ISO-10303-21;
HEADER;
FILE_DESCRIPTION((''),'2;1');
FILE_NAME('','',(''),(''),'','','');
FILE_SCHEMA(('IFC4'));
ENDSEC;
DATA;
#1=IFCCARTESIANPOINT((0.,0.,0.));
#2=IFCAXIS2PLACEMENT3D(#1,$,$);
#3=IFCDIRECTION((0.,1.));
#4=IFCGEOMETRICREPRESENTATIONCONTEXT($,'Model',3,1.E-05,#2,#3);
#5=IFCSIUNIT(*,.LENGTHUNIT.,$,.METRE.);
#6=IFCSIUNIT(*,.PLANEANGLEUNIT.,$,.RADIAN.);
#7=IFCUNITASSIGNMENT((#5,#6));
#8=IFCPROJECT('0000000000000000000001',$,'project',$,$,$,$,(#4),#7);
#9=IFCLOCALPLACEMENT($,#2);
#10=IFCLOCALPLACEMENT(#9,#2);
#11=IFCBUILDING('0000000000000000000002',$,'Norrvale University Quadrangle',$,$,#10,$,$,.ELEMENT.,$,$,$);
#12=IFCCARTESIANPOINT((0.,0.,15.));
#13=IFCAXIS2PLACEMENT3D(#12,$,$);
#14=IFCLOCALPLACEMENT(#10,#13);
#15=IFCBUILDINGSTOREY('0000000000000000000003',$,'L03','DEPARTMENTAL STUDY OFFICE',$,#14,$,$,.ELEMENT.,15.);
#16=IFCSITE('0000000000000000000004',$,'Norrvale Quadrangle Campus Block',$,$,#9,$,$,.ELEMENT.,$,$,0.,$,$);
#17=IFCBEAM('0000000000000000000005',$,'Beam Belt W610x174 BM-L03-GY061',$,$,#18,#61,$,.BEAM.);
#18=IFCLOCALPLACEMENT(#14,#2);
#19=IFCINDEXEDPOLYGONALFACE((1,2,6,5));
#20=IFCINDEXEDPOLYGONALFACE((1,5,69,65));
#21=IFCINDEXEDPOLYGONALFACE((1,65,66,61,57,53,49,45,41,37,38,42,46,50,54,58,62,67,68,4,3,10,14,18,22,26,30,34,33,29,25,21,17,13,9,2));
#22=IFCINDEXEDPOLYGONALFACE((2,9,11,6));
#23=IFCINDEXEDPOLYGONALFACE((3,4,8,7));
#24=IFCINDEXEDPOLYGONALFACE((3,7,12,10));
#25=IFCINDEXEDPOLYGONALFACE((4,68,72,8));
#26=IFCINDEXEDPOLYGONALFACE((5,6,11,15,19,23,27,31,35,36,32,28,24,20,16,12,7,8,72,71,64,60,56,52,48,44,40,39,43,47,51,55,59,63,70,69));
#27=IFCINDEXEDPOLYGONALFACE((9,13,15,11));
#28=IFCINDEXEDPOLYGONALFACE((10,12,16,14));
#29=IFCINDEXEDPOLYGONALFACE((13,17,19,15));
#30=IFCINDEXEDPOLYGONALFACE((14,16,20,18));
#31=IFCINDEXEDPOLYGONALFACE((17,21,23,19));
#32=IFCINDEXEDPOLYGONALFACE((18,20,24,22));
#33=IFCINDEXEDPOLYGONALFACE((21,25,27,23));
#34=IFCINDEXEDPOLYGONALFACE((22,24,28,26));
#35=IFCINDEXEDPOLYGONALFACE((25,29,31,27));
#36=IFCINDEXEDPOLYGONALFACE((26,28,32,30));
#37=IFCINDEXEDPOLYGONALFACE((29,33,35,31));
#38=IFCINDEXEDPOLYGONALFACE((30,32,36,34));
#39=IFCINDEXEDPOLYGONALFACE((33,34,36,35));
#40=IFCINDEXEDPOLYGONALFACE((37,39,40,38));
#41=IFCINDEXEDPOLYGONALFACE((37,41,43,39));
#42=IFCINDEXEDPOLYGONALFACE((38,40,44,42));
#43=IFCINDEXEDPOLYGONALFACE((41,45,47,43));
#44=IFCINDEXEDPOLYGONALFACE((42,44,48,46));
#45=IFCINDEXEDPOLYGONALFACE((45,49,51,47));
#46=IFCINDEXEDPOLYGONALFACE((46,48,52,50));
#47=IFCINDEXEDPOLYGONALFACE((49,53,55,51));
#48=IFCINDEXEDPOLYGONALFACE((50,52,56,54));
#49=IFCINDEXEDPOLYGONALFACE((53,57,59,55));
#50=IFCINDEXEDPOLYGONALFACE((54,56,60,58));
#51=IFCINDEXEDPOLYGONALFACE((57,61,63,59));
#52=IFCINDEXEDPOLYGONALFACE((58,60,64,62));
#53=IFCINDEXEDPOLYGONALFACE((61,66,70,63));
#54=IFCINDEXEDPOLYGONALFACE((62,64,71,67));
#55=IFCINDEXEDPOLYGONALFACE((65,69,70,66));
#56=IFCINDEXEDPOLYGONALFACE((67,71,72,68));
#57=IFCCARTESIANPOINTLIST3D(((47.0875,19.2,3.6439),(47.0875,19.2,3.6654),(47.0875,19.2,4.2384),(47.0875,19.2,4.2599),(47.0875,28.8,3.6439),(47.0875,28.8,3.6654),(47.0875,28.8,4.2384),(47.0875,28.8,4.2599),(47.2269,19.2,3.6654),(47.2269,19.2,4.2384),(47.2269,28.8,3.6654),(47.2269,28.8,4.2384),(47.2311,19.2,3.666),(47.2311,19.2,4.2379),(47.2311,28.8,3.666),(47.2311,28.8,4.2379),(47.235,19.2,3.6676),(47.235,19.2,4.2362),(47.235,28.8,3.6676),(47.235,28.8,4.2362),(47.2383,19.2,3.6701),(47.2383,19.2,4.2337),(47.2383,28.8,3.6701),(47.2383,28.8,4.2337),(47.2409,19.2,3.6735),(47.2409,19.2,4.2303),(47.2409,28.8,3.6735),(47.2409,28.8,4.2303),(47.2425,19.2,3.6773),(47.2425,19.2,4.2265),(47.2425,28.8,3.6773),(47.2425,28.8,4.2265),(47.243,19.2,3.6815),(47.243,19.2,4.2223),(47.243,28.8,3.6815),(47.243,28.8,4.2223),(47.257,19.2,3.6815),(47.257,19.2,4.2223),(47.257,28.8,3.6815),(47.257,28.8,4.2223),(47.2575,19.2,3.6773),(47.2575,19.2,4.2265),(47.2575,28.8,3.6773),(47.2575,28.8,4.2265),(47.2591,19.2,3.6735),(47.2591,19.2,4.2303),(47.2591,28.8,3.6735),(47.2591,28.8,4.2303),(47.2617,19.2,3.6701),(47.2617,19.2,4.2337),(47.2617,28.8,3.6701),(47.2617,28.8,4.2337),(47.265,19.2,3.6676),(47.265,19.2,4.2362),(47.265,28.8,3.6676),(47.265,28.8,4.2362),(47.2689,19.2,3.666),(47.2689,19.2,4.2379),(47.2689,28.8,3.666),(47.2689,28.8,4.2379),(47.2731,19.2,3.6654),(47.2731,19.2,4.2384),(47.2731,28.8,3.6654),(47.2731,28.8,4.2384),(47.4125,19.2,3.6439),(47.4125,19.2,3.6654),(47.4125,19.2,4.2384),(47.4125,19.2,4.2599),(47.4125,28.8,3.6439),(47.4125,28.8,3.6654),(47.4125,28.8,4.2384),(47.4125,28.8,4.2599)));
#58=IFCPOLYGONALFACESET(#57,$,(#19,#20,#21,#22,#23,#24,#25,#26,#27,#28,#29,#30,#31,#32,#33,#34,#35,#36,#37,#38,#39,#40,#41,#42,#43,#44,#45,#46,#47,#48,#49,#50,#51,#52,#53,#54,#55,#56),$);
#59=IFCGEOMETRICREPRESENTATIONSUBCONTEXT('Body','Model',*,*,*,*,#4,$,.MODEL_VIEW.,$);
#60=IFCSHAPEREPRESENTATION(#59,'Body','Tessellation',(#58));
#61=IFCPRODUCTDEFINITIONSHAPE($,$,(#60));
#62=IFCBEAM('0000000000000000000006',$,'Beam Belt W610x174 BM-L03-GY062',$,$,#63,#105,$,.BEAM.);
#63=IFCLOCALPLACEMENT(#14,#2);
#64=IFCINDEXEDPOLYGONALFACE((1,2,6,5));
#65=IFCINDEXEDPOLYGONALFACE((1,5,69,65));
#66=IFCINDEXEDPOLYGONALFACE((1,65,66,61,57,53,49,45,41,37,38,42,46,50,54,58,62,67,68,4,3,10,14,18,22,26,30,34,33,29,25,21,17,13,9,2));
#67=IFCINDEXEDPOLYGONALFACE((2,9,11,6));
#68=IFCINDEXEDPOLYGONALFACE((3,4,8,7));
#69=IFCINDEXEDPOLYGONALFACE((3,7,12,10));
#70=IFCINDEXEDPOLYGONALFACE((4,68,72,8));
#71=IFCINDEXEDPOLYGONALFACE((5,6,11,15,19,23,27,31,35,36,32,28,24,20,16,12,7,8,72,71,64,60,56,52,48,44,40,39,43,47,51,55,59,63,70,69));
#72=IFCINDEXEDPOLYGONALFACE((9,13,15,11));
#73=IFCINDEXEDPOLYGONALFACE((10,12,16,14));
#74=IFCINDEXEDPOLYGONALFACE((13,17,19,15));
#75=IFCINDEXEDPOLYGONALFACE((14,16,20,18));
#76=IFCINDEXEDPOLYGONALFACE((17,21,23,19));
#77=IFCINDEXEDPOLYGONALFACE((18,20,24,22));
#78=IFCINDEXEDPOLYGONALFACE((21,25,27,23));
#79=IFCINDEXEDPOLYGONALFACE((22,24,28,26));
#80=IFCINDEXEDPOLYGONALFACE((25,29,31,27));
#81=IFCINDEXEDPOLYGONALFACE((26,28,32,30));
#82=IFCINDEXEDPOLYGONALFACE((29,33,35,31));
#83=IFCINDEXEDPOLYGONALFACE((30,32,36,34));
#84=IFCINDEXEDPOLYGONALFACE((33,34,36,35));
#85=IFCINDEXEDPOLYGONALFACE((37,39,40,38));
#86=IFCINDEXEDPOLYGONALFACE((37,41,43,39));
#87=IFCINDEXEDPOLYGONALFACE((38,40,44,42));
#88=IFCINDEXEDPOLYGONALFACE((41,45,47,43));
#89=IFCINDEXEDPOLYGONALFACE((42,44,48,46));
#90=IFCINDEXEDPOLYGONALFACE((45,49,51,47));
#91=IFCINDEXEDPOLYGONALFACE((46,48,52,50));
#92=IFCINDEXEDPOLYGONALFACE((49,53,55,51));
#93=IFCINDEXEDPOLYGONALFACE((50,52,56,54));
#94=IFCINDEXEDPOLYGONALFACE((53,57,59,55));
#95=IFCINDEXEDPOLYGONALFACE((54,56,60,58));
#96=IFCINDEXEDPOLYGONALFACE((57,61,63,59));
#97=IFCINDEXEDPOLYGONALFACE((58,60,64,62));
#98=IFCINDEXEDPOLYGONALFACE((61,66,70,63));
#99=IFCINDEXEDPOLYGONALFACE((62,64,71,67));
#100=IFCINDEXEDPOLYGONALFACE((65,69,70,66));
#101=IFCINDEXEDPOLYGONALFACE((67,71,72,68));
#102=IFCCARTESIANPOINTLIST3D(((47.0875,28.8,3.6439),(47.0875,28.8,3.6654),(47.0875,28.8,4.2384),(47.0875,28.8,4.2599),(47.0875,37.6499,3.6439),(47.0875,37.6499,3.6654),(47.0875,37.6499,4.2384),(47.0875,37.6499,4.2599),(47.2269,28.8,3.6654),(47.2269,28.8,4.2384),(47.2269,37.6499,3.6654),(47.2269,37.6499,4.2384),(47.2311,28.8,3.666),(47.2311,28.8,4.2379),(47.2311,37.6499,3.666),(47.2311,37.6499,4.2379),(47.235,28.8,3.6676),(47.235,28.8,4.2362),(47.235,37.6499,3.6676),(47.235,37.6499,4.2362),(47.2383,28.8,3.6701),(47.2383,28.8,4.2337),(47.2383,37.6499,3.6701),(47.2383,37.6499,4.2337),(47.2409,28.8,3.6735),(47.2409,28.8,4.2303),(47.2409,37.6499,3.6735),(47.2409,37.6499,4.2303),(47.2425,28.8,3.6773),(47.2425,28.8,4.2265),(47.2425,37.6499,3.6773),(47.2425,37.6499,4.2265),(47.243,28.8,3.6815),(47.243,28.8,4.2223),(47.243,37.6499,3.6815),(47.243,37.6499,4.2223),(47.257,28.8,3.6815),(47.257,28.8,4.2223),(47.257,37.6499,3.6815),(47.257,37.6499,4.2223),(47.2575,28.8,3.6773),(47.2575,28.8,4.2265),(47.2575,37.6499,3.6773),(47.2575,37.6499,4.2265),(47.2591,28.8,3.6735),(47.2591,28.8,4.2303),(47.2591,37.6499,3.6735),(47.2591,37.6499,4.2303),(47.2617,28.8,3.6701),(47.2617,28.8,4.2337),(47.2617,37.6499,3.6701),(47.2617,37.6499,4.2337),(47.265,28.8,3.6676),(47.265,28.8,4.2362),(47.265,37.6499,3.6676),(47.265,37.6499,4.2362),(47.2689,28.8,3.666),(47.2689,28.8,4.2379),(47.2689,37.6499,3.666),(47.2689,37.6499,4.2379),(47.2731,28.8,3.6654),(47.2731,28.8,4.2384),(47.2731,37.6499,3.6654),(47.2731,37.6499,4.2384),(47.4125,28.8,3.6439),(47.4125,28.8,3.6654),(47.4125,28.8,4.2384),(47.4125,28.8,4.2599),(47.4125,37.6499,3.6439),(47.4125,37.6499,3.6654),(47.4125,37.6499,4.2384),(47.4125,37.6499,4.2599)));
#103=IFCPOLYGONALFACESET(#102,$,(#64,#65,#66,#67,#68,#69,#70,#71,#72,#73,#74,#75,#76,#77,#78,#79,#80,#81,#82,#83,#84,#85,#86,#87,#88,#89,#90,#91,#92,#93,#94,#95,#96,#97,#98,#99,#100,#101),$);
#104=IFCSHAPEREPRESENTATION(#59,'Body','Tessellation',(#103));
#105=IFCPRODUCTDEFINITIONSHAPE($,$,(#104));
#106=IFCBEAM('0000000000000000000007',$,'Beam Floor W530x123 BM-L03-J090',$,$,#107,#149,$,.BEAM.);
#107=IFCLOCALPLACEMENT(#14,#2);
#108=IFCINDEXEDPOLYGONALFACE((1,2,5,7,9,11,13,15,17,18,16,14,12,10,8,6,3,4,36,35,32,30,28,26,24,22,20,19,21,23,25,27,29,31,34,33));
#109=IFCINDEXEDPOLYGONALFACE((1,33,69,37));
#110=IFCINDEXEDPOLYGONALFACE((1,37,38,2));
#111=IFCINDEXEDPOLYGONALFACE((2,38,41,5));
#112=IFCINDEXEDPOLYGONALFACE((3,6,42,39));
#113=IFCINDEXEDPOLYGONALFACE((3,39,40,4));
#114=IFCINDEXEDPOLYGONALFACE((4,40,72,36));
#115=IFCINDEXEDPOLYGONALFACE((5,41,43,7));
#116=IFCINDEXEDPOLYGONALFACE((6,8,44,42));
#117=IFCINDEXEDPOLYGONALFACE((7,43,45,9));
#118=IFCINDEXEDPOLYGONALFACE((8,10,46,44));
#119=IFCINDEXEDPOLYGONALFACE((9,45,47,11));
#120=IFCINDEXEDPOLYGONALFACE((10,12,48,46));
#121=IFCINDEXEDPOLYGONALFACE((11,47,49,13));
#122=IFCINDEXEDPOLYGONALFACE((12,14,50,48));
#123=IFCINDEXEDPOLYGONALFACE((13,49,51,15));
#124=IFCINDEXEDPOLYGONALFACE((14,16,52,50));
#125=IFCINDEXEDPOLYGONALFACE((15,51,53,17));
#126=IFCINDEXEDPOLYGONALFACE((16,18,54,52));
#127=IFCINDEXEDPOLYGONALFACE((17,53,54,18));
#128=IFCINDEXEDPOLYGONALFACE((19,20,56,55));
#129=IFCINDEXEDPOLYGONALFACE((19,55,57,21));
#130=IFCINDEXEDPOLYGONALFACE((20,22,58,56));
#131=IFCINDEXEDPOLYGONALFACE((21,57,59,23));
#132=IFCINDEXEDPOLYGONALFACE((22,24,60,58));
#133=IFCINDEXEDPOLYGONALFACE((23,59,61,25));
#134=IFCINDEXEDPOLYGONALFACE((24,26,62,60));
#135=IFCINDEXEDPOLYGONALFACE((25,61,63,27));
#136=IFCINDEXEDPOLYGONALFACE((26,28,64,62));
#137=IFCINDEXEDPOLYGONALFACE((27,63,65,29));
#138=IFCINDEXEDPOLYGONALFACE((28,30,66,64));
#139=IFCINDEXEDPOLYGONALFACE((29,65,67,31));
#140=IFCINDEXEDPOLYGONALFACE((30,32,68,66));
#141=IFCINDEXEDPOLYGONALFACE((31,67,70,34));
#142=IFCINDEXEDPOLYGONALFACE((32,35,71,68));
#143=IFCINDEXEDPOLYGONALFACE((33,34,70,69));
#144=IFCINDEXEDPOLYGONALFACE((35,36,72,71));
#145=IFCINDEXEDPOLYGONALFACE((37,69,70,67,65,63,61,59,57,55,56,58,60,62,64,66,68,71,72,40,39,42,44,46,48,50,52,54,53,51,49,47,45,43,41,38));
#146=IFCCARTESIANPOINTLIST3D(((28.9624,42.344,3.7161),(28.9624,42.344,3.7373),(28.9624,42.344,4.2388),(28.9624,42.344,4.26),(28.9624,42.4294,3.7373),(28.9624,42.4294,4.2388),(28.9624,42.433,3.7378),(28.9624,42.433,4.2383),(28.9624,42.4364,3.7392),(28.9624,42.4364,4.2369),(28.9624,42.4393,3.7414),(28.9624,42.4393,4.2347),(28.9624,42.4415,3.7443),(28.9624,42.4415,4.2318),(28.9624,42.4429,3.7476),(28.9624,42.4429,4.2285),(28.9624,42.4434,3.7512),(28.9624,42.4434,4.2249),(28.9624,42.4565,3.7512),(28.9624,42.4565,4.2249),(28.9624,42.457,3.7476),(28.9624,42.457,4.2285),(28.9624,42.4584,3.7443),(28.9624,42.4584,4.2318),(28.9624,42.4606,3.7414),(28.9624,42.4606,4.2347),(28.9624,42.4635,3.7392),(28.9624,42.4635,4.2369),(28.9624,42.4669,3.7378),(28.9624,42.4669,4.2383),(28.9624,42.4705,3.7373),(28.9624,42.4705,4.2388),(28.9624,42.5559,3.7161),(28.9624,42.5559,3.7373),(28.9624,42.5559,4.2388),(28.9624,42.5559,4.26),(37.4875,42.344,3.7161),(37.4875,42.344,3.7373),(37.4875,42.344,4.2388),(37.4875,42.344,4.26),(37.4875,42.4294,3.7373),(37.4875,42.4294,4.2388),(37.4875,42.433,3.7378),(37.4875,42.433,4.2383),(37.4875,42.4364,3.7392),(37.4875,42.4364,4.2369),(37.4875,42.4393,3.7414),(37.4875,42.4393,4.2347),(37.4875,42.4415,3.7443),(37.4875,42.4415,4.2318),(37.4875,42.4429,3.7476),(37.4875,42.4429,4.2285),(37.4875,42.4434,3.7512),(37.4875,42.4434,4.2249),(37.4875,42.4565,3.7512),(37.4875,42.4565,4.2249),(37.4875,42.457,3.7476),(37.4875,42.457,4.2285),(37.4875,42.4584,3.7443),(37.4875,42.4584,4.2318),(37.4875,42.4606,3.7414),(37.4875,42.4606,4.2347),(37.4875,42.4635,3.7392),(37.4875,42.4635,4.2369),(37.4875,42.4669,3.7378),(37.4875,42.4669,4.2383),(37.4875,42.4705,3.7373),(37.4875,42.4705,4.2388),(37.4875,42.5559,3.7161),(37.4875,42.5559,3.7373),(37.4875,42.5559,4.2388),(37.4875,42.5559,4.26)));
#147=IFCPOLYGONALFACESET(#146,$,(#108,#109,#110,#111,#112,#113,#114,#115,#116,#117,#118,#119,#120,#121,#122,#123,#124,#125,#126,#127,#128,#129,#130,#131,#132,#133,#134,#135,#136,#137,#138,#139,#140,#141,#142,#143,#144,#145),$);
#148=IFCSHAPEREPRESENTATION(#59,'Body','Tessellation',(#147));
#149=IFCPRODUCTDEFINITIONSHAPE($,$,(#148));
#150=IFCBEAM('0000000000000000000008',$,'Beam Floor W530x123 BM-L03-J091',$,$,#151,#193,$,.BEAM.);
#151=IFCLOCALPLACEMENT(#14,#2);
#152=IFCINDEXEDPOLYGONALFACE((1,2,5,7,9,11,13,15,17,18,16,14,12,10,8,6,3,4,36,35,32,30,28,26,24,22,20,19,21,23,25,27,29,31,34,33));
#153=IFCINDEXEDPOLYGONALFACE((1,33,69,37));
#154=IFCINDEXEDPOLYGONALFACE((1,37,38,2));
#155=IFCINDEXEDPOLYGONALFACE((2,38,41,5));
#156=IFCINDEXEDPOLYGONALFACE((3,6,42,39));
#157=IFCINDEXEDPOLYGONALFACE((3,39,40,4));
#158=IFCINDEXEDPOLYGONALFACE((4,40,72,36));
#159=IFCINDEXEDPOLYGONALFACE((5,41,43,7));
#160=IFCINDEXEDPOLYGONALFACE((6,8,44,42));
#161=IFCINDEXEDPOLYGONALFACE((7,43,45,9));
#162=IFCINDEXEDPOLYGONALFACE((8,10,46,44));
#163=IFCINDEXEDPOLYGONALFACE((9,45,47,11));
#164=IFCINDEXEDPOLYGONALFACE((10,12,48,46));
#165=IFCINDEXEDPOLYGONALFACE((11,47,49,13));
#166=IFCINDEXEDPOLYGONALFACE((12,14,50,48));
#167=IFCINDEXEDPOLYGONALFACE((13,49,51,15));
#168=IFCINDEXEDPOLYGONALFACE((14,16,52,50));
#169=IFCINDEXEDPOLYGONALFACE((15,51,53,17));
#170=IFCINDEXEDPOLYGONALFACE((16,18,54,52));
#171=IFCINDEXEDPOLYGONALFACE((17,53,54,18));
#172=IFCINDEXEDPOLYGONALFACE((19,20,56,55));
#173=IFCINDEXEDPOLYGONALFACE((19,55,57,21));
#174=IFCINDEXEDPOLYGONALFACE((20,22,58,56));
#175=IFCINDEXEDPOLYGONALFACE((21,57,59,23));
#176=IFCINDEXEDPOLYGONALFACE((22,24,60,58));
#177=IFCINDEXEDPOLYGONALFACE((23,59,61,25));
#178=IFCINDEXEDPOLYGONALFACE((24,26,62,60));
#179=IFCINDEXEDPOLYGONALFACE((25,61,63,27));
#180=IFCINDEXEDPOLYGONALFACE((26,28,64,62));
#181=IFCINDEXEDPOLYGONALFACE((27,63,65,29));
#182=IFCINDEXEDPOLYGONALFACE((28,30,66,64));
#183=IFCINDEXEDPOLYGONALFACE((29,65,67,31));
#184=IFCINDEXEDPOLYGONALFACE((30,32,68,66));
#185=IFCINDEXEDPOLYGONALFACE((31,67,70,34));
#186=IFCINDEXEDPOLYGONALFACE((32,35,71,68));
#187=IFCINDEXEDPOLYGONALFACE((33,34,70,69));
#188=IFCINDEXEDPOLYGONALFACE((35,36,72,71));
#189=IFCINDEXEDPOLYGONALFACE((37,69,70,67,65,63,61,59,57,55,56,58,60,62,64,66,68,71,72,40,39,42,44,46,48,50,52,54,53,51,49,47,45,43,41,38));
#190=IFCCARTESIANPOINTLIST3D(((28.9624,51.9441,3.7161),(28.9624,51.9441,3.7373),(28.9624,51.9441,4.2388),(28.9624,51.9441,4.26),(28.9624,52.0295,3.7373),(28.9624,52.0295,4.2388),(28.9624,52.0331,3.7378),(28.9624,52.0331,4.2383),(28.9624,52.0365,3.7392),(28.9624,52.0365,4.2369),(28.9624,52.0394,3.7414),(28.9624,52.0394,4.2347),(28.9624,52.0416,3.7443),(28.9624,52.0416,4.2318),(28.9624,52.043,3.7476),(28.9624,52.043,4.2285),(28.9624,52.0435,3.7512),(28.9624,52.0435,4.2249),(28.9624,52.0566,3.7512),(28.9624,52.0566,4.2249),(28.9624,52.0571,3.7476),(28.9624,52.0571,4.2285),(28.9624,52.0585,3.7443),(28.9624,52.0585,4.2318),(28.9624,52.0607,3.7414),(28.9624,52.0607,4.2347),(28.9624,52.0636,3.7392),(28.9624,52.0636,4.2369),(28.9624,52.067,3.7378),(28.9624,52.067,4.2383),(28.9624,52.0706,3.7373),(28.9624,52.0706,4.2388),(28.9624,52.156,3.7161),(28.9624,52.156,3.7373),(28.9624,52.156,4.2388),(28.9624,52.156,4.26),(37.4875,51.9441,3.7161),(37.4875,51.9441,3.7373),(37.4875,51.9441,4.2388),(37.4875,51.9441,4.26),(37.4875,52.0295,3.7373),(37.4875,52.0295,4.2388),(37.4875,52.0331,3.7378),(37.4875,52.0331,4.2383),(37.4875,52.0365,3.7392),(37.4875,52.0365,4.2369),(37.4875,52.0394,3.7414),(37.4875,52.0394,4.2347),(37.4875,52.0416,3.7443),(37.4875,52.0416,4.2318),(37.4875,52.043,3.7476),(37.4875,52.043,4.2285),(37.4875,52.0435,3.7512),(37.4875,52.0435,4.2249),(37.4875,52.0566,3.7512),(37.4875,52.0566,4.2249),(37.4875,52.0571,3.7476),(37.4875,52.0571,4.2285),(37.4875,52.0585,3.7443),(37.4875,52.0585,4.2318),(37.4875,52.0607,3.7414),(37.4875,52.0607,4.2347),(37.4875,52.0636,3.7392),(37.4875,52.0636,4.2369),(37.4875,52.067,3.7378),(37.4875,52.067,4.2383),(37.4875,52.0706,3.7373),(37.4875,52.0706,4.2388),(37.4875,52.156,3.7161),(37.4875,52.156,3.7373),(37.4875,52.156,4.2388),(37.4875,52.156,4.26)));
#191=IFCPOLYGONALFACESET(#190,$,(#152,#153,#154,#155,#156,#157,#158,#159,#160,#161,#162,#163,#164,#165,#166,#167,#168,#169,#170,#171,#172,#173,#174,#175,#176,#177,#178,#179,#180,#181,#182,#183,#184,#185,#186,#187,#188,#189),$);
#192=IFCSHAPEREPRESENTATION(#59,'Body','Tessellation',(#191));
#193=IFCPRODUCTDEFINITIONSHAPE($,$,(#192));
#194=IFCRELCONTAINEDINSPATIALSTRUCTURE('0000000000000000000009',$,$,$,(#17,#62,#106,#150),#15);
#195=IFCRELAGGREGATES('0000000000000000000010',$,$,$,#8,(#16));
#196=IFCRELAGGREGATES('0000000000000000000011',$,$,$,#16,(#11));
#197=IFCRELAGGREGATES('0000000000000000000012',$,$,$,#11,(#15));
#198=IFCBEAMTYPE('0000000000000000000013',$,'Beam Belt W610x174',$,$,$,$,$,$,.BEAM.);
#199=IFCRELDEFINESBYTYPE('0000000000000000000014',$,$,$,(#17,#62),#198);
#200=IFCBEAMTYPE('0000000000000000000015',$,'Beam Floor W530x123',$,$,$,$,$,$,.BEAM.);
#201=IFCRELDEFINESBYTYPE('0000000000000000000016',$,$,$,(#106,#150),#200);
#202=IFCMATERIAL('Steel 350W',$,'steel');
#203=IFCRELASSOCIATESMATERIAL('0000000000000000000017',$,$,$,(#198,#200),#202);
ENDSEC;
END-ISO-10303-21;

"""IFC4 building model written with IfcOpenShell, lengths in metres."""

from ifc_helpers import new_model, si_unit, direction, frame, origin, origin_2d, place, context, subcontext, project, spatial, i_section, extrude, material, material_profile, profile_set, type_object, element, save


model = new_model("IFC4")

# Units and contexts
model_context = context("Model", 3, precision=1e-05, world=origin(), true_north=direction((0.0, 1.0)))
body_context = subcontext(model_context, "Body", "Model", "MODEL_VIEW")
ifc_project = project(units=[si_unit("LENGTHUNIT", "METRE"), si_unit("PLANEANGLEUNIT", "RADIAN")], contexts=[model_context])

# Site, building, storey
site_placement = place(None, origin())
site = spatial("IfcSite", under=ifc_project, at=site_placement, Name="Norrvale Quadrangle Campus Block", CompositionType="ELEMENT", RefElevation=0.0)
building_placement = place(site_placement, origin())
building = spatial("IfcBuilding", under=site, at=building_placement, Name="Norrvale University Quadrangle", CompositionType="ELEMENT")
storey_placement = place(building_placement, frame((0.0, 0.0, 15.0)))
storey = spatial("IfcBuildingStorey", under=building, at=storey_placement, Name="L03", Description="DEPARTMENTAL STUDY OFFICE", CompositionType="ELEMENT", Elevation=15.0)

# Beams
ifc_material_1 = material(Name="Steel 350W", Category="steel")
ifc_material_profile_1 = material_profile(ifc_material_1, i_section(OverallWidth=0.325, OverallDepth=0.616, WebThickness=0.0139, FlangeThickness=0.0215, FilletRadius=0.0161, at=origin_2d()), Name="Steel 350W")
ifc_profile_set_1 = profile_set([ifc_material_profile_1], Name="Steel 350W")
beam_type_1 = type_object("IfcBeamType", Name="Beam Belt W610x174", PredefinedType="BEAM", material=ifc_profile_set_1)
for number, where, z_axis, x_axis, name in (
    (1, (47.25, 19.2, 3.9519), (0.0, 1.0, 0.0), (-1.0, 0.0, 0.0), "Beam Belt W610x174 BM-L03-GY061"),
):
    element("IfcBeam", number, at=place(storey_placement, frame(where, z_axis=z_axis, x_axis=x_axis)), inside=storey, type_object=beam_type_1, Name=name, PredefinedType="BEAM", context=body_context, shape_type="SweptSolid", body=[
        extrude(i_section(OverallWidth=0.325, OverallDepth=0.616, WebThickness=0.0139, FlangeThickness=0.0215, FilletRadius=0.0161, at=origin_2d()), origin(), (0.0, 0.0, 1.0), 9.6001),
    ])
beam_1_placement = place(storey_placement, frame((47.25, 28.8, 3.9519), z_axis=(0.0, 1.0, 0.0), x_axis=(-1.0, 0.0, 0.0)))
element("IfcBeam", 2, at=beam_1_placement, inside=storey, type_object=beam_type_1, Name="Beam Belt W610x174 BM-L03-GY062", PredefinedType="BEAM", context=body_context, shape_type="SweptSolid", body=[
    extrude(i_section(OverallWidth=0.325, OverallDepth=0.616, WebThickness=0.0139, FlangeThickness=0.0215, FilletRadius=0.0161, at=origin_2d()), origin(), (0.0, 0.0, 1.0), 8.8499),
])
ifc_material_profile_2 = material_profile(ifc_material_1, i_section(OverallWidth=0.2119, OverallDepth=0.5439, WebThickness=0.0132, FlangeThickness=0.0212, FilletRadius=0.0139, at=origin_2d()), Name="Steel 350W")
ifc_profile_set_2 = profile_set([ifc_material_profile_2], Name="Steel 350W")
beam_type_2 = type_object("IfcBeamType", Name="Beam Floor W530x123", PredefinedType="BEAM", material=ifc_profile_set_2)
for number, where, z_axis, x_axis, name in (
    (3, (28.9624, 42.45, 3.988), (1.0, 0.0, 0.0), (0.0, 1.0, 0.0), "Beam Floor W530x123 BM-L03-J090"),
    (4, (28.9624, 52.05, 3.988), (1.0, 0.0, 0.0), (0.0, 1.0, 0.0), "Beam Floor W530x123 BM-L03-J091"),
):
    element("IfcBeam", number, at=place(storey_placement, frame(where, z_axis=z_axis, x_axis=x_axis)), inside=storey, type_object=beam_type_2, Name=name, PredefinedType="BEAM", context=body_context, shape_type="SweptSolid", body=[
        extrude(i_section(OverallWidth=0.2119, OverallDepth=0.5439, WebThickness=0.0132, FlangeThickness=0.0212, FilletRadius=0.0139, at=origin_2d()), origin(), (0.0, 0.0, 1.0), 8.5251),
    ])

save(model, "model.ifc")
